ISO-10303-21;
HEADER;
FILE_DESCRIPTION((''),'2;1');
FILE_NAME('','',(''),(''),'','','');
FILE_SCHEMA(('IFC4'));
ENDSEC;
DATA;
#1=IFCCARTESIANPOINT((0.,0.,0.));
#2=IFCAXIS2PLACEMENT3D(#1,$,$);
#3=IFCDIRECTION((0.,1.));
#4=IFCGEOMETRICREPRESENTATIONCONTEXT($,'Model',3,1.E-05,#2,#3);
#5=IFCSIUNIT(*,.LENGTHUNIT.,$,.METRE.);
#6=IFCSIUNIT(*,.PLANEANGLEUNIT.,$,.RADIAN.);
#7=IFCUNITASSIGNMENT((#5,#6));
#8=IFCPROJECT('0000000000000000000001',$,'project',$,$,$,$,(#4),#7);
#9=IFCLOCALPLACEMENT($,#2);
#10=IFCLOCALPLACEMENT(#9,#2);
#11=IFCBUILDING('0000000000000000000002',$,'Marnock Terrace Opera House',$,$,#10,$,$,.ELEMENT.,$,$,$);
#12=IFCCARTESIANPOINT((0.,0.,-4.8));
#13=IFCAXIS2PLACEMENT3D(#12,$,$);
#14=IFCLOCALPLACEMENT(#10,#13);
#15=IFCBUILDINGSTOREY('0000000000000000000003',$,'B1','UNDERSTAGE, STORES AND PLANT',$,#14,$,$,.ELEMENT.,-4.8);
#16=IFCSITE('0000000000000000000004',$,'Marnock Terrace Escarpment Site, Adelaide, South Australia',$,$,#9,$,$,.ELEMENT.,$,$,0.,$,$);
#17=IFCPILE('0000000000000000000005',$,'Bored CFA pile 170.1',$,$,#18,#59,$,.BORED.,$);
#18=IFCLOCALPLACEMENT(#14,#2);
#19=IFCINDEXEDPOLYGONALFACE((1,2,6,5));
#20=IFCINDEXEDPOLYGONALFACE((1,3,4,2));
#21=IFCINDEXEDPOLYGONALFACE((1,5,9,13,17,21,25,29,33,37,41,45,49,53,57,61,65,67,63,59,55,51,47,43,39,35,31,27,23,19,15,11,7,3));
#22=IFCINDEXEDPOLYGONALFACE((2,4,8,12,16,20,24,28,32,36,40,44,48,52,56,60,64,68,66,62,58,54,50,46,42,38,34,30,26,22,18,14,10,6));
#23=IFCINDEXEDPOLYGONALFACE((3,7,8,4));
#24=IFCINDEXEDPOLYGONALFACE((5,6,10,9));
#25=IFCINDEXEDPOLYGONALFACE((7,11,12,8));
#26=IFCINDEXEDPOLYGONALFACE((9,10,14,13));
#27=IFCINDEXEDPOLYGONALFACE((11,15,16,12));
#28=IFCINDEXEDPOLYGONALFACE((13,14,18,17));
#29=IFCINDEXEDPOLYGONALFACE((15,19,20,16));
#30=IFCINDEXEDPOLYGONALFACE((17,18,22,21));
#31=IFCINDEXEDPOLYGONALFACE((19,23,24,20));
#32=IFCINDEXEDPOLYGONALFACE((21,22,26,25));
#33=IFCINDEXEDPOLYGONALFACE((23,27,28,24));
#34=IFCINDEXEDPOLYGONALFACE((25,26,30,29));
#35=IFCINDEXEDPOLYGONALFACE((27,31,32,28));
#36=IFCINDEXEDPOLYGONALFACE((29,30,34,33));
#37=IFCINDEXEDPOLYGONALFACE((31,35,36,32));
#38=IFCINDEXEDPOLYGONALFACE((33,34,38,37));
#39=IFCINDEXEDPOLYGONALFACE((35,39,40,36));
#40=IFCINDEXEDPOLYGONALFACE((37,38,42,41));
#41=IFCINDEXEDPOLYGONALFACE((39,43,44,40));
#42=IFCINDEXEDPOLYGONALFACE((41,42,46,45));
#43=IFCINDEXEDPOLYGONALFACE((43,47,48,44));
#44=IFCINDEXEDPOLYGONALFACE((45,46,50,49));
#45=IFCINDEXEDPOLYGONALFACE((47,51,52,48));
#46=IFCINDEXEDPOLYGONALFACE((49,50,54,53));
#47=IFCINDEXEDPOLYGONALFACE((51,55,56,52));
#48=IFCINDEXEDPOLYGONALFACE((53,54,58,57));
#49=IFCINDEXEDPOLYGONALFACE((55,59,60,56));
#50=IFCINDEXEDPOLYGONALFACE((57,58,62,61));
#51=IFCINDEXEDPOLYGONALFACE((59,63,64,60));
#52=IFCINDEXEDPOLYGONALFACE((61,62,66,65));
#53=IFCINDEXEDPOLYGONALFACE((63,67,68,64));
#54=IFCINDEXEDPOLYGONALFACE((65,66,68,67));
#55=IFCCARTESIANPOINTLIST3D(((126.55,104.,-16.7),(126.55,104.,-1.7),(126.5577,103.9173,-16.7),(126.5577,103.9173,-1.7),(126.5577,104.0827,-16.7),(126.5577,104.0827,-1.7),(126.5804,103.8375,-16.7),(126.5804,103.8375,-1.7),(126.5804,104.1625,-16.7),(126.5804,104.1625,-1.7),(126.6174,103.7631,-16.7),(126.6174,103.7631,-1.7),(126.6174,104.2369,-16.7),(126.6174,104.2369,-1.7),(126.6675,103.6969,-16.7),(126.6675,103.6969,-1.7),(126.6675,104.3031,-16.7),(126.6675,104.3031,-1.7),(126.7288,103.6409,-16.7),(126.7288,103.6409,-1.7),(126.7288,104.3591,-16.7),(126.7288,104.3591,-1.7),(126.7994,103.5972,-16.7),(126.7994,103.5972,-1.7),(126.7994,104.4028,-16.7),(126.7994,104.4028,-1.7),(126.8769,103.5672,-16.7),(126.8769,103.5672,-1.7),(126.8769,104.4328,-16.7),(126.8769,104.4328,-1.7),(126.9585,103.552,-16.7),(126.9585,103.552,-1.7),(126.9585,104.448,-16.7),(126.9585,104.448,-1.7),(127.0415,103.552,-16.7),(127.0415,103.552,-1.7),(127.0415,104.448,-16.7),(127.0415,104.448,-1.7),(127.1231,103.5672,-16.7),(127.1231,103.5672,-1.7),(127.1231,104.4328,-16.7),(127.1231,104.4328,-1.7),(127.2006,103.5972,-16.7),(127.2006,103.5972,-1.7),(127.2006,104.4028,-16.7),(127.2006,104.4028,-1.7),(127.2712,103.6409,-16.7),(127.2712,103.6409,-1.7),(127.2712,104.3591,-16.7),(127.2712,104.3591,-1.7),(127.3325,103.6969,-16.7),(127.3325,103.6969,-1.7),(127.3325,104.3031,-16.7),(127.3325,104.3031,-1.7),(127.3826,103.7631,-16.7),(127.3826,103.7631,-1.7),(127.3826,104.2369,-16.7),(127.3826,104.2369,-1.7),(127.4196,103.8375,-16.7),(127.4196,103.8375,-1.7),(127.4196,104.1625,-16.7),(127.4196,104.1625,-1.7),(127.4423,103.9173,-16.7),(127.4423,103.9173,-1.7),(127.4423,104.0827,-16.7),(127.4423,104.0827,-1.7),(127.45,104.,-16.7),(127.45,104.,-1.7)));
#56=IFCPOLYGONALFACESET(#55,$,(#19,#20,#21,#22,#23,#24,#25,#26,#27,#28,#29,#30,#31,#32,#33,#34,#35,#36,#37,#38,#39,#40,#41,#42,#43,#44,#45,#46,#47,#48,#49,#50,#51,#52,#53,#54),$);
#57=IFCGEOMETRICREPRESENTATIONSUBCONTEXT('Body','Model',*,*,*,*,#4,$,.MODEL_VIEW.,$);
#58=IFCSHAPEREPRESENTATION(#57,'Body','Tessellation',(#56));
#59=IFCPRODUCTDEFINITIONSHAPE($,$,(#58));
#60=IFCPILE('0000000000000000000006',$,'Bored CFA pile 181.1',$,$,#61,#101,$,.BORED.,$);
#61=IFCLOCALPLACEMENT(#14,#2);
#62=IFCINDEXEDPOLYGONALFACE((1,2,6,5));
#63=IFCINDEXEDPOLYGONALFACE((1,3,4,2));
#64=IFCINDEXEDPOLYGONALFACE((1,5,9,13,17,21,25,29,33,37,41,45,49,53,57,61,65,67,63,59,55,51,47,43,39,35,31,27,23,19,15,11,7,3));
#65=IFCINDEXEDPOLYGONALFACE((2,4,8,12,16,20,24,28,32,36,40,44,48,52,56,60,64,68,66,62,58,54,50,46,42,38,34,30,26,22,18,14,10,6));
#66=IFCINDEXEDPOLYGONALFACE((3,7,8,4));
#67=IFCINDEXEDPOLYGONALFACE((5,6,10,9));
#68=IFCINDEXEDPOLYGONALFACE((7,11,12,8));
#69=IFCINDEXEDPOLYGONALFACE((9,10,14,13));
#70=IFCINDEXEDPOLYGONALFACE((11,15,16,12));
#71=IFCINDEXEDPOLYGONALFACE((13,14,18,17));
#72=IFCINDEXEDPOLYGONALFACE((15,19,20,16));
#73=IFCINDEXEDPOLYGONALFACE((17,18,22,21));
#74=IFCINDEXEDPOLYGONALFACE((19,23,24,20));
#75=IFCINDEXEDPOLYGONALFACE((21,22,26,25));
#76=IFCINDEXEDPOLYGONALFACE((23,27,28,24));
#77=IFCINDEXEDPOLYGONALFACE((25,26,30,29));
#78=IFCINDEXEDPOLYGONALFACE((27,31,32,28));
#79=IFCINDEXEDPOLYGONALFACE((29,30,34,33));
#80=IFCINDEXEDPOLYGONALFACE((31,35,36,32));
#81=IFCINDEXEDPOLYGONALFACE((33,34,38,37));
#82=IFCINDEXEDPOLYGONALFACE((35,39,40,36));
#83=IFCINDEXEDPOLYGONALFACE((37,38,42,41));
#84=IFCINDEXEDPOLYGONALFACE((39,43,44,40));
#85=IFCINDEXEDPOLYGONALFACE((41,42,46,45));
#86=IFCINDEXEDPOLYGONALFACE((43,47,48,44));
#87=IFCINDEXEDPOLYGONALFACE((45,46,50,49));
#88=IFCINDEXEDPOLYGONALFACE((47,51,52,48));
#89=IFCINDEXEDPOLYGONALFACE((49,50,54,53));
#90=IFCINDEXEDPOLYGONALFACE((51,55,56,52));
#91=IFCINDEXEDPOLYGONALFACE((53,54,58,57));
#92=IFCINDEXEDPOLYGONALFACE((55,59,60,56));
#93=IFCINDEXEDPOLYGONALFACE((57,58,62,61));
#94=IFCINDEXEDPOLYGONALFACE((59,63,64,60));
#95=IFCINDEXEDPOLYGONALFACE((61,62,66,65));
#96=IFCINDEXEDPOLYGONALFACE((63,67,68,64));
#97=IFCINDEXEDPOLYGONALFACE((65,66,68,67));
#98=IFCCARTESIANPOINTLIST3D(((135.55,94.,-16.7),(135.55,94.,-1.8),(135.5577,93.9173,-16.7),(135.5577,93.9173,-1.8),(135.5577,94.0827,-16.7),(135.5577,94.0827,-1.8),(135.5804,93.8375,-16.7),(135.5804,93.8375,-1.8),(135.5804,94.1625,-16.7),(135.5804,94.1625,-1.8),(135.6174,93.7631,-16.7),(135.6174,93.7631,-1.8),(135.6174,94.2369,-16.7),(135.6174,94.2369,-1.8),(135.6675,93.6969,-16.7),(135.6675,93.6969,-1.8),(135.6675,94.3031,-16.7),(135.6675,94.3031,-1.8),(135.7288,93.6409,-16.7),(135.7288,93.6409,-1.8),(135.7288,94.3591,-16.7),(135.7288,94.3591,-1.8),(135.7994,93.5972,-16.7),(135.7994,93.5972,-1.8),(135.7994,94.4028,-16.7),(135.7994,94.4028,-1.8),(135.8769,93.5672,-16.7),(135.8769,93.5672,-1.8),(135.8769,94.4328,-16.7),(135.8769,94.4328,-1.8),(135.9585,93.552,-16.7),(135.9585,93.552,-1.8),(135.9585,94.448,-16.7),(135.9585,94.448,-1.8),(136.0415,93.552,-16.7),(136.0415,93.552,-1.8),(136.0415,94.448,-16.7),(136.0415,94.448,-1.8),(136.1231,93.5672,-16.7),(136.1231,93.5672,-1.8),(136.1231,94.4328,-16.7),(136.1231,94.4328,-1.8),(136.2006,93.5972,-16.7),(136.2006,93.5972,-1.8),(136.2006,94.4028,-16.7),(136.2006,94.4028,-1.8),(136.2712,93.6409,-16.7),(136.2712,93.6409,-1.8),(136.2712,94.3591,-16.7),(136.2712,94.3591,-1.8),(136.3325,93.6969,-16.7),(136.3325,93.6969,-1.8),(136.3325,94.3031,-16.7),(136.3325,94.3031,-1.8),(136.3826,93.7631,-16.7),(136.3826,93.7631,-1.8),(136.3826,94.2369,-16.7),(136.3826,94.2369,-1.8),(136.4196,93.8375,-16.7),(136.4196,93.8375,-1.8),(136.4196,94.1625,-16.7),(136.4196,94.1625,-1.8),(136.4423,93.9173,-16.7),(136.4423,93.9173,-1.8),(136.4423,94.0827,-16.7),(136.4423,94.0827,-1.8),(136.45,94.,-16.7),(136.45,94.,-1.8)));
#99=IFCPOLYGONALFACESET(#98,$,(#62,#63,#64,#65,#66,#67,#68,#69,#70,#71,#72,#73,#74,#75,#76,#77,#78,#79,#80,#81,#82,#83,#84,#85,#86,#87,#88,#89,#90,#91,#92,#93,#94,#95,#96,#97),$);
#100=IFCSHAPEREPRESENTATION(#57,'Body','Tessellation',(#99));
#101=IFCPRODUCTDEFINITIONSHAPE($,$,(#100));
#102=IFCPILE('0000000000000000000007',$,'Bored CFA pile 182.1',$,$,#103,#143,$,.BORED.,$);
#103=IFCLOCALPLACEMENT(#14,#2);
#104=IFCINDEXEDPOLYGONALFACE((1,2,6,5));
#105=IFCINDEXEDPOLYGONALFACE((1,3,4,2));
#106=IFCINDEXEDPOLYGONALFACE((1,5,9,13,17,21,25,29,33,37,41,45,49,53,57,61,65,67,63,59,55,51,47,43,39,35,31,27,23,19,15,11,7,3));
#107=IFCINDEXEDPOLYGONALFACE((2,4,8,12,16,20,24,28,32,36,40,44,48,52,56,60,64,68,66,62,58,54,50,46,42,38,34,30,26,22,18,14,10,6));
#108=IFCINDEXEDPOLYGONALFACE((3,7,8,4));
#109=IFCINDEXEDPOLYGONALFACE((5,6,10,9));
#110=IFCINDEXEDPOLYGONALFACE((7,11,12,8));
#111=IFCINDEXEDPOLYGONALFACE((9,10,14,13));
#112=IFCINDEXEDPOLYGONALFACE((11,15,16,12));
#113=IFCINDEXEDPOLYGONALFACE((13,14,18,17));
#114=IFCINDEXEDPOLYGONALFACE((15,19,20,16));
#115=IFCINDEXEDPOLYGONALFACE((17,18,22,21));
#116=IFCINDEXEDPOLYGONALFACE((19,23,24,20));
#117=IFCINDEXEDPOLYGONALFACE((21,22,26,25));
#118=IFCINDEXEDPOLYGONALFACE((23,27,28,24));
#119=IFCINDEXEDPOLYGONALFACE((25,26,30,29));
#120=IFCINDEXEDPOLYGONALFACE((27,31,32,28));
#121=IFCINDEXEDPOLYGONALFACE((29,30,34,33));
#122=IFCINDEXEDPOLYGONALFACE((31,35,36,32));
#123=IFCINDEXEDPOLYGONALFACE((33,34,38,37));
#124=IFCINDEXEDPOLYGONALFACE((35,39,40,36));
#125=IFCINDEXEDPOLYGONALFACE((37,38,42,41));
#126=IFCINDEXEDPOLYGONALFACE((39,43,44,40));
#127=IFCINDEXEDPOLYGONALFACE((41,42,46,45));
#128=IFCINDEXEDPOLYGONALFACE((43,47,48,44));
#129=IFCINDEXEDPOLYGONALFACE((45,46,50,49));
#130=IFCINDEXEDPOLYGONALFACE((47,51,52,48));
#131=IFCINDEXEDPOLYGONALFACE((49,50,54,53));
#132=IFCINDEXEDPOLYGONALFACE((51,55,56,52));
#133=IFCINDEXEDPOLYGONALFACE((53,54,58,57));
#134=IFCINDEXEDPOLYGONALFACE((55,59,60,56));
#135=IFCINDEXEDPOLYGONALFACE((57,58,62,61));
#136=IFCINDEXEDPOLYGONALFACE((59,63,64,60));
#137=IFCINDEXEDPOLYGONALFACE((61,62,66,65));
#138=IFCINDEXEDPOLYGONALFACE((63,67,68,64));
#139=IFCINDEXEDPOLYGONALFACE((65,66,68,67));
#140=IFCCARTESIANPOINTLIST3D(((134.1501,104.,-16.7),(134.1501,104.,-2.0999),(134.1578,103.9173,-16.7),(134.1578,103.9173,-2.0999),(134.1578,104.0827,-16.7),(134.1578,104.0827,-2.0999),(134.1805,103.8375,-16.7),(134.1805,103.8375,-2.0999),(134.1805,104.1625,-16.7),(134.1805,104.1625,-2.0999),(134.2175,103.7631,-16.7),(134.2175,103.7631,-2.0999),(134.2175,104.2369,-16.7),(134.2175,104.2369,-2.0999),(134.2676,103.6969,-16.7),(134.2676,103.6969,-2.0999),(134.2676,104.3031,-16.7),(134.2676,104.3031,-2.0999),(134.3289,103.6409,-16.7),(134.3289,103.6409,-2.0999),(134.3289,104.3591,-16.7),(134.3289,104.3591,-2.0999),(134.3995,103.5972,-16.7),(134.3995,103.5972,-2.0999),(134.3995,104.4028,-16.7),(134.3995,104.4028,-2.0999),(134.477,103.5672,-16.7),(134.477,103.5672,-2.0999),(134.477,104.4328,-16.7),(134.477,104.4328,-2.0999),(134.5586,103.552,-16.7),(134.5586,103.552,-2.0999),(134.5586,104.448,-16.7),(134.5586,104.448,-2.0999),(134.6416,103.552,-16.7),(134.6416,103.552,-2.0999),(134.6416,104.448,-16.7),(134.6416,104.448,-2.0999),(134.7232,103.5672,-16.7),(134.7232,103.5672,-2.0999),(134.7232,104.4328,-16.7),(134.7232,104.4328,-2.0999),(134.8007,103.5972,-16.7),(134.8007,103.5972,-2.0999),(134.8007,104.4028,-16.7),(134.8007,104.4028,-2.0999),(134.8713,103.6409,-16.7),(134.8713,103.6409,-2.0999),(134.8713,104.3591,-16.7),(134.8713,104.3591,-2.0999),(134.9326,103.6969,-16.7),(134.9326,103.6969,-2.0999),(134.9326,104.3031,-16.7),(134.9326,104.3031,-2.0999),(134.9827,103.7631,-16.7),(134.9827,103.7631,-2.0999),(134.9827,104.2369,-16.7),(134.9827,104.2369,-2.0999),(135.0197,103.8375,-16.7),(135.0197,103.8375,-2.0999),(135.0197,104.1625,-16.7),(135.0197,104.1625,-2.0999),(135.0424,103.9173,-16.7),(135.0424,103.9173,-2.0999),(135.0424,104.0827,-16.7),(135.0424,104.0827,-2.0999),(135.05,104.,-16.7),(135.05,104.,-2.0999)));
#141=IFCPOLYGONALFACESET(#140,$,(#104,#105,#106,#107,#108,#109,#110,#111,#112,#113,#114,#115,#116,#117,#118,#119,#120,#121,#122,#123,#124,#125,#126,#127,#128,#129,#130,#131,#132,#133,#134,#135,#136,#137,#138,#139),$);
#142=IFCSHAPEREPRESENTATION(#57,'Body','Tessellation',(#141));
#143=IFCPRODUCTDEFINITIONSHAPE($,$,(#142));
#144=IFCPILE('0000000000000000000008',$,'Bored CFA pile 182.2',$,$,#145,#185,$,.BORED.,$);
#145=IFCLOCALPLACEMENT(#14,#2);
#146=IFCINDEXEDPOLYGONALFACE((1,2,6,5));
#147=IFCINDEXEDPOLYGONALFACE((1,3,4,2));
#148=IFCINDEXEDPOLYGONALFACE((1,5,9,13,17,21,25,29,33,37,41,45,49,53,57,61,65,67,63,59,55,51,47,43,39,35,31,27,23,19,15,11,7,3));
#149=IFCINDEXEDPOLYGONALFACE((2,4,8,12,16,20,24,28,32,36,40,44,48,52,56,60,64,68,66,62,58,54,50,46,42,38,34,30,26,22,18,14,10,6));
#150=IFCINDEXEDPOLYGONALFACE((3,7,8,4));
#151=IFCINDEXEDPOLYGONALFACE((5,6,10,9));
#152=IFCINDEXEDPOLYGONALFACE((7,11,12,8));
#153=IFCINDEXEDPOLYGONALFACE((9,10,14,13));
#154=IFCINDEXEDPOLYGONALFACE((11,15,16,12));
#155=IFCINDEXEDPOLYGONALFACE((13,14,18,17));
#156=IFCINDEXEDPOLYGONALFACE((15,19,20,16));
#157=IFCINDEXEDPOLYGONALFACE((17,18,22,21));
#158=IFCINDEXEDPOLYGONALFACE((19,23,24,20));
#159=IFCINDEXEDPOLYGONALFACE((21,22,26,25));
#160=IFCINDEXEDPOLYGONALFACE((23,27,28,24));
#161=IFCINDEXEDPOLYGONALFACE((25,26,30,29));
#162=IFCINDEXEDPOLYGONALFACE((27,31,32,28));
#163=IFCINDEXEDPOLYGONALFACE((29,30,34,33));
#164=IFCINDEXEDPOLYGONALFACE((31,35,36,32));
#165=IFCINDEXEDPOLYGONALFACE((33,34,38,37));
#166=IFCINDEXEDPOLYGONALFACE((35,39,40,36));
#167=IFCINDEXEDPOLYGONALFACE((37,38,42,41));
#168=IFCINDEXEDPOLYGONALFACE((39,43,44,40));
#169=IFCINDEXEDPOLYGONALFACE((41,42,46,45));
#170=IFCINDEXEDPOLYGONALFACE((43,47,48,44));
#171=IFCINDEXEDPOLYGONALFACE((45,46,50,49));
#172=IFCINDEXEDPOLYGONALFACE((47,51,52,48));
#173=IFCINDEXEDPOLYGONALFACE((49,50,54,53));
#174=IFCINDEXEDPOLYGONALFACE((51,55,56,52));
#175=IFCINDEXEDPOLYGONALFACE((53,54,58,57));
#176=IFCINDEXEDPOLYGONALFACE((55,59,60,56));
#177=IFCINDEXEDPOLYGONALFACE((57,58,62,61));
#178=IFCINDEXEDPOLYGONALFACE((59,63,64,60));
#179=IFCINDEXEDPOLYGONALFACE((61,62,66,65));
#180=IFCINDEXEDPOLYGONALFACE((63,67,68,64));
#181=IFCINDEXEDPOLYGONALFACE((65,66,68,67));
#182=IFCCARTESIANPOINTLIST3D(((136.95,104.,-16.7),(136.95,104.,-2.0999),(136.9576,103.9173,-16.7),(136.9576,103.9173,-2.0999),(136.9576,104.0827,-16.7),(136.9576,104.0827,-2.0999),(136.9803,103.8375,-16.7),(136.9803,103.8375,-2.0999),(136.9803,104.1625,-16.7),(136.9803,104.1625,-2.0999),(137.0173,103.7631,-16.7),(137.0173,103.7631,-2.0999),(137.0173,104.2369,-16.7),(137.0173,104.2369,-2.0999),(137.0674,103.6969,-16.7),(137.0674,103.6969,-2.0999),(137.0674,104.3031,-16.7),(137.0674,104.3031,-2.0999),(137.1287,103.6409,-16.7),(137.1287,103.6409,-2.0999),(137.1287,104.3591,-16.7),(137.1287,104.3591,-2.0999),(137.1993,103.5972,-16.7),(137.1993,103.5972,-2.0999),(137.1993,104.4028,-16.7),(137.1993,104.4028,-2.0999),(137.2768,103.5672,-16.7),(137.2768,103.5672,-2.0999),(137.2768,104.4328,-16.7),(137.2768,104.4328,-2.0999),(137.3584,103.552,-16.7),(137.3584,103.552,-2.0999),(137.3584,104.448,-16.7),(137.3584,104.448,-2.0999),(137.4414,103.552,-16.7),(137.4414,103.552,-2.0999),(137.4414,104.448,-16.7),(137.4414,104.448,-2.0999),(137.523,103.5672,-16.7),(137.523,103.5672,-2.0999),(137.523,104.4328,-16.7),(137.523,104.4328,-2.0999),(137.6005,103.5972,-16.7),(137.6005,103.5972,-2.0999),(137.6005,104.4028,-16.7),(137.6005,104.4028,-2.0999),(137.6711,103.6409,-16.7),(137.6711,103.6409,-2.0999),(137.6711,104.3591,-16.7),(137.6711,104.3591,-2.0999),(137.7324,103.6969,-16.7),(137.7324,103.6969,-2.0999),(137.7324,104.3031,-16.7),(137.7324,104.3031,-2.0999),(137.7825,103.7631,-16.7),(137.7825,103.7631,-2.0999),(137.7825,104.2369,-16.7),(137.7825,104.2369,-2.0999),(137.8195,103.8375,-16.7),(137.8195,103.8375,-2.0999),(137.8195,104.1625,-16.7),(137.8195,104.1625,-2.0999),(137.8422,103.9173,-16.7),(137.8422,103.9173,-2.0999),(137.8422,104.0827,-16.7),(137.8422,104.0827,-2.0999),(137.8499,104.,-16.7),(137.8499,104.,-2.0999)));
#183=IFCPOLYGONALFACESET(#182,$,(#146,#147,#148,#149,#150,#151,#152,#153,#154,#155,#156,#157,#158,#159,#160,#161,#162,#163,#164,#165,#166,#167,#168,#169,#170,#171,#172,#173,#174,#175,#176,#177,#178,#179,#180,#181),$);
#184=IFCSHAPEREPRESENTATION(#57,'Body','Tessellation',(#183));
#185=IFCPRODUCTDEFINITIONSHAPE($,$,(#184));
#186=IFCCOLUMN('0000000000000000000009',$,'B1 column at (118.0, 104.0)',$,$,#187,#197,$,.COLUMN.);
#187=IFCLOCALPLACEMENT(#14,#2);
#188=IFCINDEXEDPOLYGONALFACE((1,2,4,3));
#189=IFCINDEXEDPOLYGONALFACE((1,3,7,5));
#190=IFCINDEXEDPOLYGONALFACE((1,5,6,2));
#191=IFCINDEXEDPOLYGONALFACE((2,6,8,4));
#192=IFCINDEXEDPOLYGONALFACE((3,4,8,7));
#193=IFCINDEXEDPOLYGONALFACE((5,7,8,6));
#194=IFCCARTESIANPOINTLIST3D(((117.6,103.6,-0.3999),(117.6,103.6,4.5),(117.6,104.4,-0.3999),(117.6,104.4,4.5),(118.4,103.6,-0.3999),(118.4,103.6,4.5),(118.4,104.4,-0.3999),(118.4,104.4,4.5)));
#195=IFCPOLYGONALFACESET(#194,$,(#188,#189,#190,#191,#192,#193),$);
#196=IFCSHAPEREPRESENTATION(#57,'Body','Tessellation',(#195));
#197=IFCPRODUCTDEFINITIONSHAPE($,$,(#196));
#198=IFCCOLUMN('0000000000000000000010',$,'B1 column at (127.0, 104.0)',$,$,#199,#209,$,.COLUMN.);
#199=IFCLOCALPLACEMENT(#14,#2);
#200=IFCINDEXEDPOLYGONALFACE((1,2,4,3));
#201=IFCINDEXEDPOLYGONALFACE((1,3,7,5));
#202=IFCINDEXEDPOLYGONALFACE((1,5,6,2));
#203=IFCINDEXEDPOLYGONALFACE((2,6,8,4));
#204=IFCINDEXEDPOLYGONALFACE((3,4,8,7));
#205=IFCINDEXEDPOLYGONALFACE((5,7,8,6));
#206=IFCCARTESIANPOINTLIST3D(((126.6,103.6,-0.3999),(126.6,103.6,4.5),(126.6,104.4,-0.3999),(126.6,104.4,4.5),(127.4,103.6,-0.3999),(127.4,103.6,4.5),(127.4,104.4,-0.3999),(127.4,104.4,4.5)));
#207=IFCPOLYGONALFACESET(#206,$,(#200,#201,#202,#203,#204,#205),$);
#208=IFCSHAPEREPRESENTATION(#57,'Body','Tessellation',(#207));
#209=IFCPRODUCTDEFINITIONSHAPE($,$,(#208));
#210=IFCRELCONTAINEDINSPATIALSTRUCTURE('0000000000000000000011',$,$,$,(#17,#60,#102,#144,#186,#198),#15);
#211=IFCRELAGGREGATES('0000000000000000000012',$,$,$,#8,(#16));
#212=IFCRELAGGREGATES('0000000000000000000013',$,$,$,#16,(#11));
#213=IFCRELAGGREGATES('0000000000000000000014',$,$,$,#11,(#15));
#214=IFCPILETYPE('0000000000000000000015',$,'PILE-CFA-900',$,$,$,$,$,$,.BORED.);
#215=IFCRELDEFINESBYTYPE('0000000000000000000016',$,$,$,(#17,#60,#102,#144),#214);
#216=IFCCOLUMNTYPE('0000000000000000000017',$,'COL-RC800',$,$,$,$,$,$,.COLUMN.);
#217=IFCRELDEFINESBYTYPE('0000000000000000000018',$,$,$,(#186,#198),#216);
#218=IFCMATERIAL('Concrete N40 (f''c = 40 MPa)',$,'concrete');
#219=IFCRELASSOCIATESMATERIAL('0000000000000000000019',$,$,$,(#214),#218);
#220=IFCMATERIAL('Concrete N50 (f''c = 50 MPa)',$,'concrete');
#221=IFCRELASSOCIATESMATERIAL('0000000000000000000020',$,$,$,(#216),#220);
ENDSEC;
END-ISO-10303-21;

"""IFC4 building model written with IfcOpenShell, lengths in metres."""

from ifc_helpers import new_model, si_unit, direction, frame, origin, origin_2d, place, context, subcontext, project, spatial, rectangle, circle, extrude, material, material_profile, profile_set, type_object, element, save


model = new_model("IFC4")

# Units and contexts
model_context = context("Model", 3, precision=1e-05, world=origin(), true_north=direction((0.0, 1.0)))
body_context = subcontext(model_context, "Body", "Model", "MODEL_VIEW")
ifc_project = project(units=[si_unit("LENGTHUNIT", "METRE"), si_unit("PLANEANGLEUNIT", "RADIAN")], contexts=[model_context])

# Site, building, storey
site_placement = place(None, origin())
site = spatial("IfcSite", under=ifc_project, at=site_placement, Name="Marnock Terrace Escarpment Site, Adelaide, South Australia", CompositionType="ELEMENT", RefElevation=0.0)
building_placement = place(site_placement, origin())
building = spatial("IfcBuilding", under=site, at=building_placement, Name="Marnock Terrace Opera House", CompositionType="ELEMENT")
storey_placement = place(building_placement, frame((0.0, 0.0, -4.8)))
storey = spatial("IfcBuildingStorey", under=building, at=storey_placement, Name="B1", Description="UNDERSTAGE, STORES AND PLANT", CompositionType="ELEMENT", Elevation=-4.8)

# Shared definitions
ifc_material_1 = material(Name="Concrete N40 (f'c = 40 MPa)", Category="concrete")

# Piles
ifc_material_profile_1 = material_profile(ifc_material_1, circle(Radius=0.45, at=origin_2d()))
ifc_profile_set_1 = profile_set([ifc_material_profile_1], Name="Concrete N40 (f'c = 40 MPa)")
pile_type_1 = type_object("IfcPileType", Name="PILE-CFA-900", PredefinedType="BORED", material=ifc_profile_set_1)
pile_1_placement = place(storey_placement, frame((127.0, 104.0, -1.7), z_axis=(0.0, 0.0, -1.0), x_axis=(1.0, 0.0, 0.0)))
element("IfcPile", 1, at=pile_1_placement, inside=storey, type_object=pile_type_1, Name="Bored CFA pile 170.1", PredefinedType="BORED", context=body_context, shape_type="SweptSolid", body=[
    extrude(circle(Radius=0.45, at=origin_2d()), origin(), (0.0, 0.0, 1.0), 15.0),
])
pile_2_placement = place(storey_placement, frame((136.0, 94.0, -1.8), z_axis=(0.0, 0.0, -1.0), x_axis=(1.0, 0.0, 0.0)))
element("IfcPile", 2, at=pile_2_placement, inside=storey, type_object=pile_type_1, Name="Bored CFA pile 181.1", PredefinedType="BORED", context=body_context, shape_type="SweptSolid", body=[
    extrude(circle(Radius=0.45, at=origin_2d()), origin(), (0.0, 0.0, 1.0), 14.8999),
])
for number, where, z_axis, x_axis, name in (
    (3, (134.6001, 104.0, -2.0999), (0.0, 0.0, -1.0), (1.0, 0.0, 0.0), "Bored CFA pile 182.1"),
    (4, (137.3999, 104.0, -2.0999), (0.0, 0.0, -1.0), (1.0, 0.0, 0.0), "Bored CFA pile 182.2"),
):
    element("IfcPile", number, at=place(storey_placement, frame(where, z_axis=z_axis, x_axis=x_axis)), inside=storey, type_object=pile_type_1, Name=name, PredefinedType="BORED", context=body_context, shape_type="SweptSolid", body=[
        extrude(circle(Radius=0.45, at=origin_2d()), origin(), (0.0, 0.0, 1.0), 14.6001),
    ])

# Columns
ifc_material_2 = material(Name="Concrete N50 (f'c = 50 MPa)", Category="concrete")
ifc_material_profile_2 = material_profile(ifc_material_2, rectangle(XDim=0.8, YDim=0.8, at=origin_2d()))
ifc_profile_set_2 = profile_set([ifc_material_profile_2], Name="Concrete N50 (f'c = 50 MPa)")
column_type = type_object("IfcColumnType", Name="COL-RC800", PredefinedType="COLUMN", material=ifc_profile_set_2)
for number, where, z_axis, x_axis, name in (
    (5, (118.0, 104.0, -0.3999), (0.0, 0.0, 1.0), (1.0, 0.0, 0.0), "B1 column at (118.0, 104.0)"),
    (6, (127.0, 104.0, -0.3999), (0.0, 0.0, 1.0), (1.0, 0.0, 0.0), "B1 column at (127.0, 104.0)"),
):
    element("IfcColumn", number, at=place(storey_placement, frame(where, z_axis=z_axis, x_axis=x_axis)), inside=storey, type_object=column_type, Name=name, PredefinedType="COLUMN", context=body_context, shape_type="SweptSolid", body=[
        extrude(rectangle(XDim=0.8, YDim=0.8, at=origin_2d()), origin(), (0.0, 0.0, 1.0), 4.8999),
    ])

save(model, "model.ifc")
